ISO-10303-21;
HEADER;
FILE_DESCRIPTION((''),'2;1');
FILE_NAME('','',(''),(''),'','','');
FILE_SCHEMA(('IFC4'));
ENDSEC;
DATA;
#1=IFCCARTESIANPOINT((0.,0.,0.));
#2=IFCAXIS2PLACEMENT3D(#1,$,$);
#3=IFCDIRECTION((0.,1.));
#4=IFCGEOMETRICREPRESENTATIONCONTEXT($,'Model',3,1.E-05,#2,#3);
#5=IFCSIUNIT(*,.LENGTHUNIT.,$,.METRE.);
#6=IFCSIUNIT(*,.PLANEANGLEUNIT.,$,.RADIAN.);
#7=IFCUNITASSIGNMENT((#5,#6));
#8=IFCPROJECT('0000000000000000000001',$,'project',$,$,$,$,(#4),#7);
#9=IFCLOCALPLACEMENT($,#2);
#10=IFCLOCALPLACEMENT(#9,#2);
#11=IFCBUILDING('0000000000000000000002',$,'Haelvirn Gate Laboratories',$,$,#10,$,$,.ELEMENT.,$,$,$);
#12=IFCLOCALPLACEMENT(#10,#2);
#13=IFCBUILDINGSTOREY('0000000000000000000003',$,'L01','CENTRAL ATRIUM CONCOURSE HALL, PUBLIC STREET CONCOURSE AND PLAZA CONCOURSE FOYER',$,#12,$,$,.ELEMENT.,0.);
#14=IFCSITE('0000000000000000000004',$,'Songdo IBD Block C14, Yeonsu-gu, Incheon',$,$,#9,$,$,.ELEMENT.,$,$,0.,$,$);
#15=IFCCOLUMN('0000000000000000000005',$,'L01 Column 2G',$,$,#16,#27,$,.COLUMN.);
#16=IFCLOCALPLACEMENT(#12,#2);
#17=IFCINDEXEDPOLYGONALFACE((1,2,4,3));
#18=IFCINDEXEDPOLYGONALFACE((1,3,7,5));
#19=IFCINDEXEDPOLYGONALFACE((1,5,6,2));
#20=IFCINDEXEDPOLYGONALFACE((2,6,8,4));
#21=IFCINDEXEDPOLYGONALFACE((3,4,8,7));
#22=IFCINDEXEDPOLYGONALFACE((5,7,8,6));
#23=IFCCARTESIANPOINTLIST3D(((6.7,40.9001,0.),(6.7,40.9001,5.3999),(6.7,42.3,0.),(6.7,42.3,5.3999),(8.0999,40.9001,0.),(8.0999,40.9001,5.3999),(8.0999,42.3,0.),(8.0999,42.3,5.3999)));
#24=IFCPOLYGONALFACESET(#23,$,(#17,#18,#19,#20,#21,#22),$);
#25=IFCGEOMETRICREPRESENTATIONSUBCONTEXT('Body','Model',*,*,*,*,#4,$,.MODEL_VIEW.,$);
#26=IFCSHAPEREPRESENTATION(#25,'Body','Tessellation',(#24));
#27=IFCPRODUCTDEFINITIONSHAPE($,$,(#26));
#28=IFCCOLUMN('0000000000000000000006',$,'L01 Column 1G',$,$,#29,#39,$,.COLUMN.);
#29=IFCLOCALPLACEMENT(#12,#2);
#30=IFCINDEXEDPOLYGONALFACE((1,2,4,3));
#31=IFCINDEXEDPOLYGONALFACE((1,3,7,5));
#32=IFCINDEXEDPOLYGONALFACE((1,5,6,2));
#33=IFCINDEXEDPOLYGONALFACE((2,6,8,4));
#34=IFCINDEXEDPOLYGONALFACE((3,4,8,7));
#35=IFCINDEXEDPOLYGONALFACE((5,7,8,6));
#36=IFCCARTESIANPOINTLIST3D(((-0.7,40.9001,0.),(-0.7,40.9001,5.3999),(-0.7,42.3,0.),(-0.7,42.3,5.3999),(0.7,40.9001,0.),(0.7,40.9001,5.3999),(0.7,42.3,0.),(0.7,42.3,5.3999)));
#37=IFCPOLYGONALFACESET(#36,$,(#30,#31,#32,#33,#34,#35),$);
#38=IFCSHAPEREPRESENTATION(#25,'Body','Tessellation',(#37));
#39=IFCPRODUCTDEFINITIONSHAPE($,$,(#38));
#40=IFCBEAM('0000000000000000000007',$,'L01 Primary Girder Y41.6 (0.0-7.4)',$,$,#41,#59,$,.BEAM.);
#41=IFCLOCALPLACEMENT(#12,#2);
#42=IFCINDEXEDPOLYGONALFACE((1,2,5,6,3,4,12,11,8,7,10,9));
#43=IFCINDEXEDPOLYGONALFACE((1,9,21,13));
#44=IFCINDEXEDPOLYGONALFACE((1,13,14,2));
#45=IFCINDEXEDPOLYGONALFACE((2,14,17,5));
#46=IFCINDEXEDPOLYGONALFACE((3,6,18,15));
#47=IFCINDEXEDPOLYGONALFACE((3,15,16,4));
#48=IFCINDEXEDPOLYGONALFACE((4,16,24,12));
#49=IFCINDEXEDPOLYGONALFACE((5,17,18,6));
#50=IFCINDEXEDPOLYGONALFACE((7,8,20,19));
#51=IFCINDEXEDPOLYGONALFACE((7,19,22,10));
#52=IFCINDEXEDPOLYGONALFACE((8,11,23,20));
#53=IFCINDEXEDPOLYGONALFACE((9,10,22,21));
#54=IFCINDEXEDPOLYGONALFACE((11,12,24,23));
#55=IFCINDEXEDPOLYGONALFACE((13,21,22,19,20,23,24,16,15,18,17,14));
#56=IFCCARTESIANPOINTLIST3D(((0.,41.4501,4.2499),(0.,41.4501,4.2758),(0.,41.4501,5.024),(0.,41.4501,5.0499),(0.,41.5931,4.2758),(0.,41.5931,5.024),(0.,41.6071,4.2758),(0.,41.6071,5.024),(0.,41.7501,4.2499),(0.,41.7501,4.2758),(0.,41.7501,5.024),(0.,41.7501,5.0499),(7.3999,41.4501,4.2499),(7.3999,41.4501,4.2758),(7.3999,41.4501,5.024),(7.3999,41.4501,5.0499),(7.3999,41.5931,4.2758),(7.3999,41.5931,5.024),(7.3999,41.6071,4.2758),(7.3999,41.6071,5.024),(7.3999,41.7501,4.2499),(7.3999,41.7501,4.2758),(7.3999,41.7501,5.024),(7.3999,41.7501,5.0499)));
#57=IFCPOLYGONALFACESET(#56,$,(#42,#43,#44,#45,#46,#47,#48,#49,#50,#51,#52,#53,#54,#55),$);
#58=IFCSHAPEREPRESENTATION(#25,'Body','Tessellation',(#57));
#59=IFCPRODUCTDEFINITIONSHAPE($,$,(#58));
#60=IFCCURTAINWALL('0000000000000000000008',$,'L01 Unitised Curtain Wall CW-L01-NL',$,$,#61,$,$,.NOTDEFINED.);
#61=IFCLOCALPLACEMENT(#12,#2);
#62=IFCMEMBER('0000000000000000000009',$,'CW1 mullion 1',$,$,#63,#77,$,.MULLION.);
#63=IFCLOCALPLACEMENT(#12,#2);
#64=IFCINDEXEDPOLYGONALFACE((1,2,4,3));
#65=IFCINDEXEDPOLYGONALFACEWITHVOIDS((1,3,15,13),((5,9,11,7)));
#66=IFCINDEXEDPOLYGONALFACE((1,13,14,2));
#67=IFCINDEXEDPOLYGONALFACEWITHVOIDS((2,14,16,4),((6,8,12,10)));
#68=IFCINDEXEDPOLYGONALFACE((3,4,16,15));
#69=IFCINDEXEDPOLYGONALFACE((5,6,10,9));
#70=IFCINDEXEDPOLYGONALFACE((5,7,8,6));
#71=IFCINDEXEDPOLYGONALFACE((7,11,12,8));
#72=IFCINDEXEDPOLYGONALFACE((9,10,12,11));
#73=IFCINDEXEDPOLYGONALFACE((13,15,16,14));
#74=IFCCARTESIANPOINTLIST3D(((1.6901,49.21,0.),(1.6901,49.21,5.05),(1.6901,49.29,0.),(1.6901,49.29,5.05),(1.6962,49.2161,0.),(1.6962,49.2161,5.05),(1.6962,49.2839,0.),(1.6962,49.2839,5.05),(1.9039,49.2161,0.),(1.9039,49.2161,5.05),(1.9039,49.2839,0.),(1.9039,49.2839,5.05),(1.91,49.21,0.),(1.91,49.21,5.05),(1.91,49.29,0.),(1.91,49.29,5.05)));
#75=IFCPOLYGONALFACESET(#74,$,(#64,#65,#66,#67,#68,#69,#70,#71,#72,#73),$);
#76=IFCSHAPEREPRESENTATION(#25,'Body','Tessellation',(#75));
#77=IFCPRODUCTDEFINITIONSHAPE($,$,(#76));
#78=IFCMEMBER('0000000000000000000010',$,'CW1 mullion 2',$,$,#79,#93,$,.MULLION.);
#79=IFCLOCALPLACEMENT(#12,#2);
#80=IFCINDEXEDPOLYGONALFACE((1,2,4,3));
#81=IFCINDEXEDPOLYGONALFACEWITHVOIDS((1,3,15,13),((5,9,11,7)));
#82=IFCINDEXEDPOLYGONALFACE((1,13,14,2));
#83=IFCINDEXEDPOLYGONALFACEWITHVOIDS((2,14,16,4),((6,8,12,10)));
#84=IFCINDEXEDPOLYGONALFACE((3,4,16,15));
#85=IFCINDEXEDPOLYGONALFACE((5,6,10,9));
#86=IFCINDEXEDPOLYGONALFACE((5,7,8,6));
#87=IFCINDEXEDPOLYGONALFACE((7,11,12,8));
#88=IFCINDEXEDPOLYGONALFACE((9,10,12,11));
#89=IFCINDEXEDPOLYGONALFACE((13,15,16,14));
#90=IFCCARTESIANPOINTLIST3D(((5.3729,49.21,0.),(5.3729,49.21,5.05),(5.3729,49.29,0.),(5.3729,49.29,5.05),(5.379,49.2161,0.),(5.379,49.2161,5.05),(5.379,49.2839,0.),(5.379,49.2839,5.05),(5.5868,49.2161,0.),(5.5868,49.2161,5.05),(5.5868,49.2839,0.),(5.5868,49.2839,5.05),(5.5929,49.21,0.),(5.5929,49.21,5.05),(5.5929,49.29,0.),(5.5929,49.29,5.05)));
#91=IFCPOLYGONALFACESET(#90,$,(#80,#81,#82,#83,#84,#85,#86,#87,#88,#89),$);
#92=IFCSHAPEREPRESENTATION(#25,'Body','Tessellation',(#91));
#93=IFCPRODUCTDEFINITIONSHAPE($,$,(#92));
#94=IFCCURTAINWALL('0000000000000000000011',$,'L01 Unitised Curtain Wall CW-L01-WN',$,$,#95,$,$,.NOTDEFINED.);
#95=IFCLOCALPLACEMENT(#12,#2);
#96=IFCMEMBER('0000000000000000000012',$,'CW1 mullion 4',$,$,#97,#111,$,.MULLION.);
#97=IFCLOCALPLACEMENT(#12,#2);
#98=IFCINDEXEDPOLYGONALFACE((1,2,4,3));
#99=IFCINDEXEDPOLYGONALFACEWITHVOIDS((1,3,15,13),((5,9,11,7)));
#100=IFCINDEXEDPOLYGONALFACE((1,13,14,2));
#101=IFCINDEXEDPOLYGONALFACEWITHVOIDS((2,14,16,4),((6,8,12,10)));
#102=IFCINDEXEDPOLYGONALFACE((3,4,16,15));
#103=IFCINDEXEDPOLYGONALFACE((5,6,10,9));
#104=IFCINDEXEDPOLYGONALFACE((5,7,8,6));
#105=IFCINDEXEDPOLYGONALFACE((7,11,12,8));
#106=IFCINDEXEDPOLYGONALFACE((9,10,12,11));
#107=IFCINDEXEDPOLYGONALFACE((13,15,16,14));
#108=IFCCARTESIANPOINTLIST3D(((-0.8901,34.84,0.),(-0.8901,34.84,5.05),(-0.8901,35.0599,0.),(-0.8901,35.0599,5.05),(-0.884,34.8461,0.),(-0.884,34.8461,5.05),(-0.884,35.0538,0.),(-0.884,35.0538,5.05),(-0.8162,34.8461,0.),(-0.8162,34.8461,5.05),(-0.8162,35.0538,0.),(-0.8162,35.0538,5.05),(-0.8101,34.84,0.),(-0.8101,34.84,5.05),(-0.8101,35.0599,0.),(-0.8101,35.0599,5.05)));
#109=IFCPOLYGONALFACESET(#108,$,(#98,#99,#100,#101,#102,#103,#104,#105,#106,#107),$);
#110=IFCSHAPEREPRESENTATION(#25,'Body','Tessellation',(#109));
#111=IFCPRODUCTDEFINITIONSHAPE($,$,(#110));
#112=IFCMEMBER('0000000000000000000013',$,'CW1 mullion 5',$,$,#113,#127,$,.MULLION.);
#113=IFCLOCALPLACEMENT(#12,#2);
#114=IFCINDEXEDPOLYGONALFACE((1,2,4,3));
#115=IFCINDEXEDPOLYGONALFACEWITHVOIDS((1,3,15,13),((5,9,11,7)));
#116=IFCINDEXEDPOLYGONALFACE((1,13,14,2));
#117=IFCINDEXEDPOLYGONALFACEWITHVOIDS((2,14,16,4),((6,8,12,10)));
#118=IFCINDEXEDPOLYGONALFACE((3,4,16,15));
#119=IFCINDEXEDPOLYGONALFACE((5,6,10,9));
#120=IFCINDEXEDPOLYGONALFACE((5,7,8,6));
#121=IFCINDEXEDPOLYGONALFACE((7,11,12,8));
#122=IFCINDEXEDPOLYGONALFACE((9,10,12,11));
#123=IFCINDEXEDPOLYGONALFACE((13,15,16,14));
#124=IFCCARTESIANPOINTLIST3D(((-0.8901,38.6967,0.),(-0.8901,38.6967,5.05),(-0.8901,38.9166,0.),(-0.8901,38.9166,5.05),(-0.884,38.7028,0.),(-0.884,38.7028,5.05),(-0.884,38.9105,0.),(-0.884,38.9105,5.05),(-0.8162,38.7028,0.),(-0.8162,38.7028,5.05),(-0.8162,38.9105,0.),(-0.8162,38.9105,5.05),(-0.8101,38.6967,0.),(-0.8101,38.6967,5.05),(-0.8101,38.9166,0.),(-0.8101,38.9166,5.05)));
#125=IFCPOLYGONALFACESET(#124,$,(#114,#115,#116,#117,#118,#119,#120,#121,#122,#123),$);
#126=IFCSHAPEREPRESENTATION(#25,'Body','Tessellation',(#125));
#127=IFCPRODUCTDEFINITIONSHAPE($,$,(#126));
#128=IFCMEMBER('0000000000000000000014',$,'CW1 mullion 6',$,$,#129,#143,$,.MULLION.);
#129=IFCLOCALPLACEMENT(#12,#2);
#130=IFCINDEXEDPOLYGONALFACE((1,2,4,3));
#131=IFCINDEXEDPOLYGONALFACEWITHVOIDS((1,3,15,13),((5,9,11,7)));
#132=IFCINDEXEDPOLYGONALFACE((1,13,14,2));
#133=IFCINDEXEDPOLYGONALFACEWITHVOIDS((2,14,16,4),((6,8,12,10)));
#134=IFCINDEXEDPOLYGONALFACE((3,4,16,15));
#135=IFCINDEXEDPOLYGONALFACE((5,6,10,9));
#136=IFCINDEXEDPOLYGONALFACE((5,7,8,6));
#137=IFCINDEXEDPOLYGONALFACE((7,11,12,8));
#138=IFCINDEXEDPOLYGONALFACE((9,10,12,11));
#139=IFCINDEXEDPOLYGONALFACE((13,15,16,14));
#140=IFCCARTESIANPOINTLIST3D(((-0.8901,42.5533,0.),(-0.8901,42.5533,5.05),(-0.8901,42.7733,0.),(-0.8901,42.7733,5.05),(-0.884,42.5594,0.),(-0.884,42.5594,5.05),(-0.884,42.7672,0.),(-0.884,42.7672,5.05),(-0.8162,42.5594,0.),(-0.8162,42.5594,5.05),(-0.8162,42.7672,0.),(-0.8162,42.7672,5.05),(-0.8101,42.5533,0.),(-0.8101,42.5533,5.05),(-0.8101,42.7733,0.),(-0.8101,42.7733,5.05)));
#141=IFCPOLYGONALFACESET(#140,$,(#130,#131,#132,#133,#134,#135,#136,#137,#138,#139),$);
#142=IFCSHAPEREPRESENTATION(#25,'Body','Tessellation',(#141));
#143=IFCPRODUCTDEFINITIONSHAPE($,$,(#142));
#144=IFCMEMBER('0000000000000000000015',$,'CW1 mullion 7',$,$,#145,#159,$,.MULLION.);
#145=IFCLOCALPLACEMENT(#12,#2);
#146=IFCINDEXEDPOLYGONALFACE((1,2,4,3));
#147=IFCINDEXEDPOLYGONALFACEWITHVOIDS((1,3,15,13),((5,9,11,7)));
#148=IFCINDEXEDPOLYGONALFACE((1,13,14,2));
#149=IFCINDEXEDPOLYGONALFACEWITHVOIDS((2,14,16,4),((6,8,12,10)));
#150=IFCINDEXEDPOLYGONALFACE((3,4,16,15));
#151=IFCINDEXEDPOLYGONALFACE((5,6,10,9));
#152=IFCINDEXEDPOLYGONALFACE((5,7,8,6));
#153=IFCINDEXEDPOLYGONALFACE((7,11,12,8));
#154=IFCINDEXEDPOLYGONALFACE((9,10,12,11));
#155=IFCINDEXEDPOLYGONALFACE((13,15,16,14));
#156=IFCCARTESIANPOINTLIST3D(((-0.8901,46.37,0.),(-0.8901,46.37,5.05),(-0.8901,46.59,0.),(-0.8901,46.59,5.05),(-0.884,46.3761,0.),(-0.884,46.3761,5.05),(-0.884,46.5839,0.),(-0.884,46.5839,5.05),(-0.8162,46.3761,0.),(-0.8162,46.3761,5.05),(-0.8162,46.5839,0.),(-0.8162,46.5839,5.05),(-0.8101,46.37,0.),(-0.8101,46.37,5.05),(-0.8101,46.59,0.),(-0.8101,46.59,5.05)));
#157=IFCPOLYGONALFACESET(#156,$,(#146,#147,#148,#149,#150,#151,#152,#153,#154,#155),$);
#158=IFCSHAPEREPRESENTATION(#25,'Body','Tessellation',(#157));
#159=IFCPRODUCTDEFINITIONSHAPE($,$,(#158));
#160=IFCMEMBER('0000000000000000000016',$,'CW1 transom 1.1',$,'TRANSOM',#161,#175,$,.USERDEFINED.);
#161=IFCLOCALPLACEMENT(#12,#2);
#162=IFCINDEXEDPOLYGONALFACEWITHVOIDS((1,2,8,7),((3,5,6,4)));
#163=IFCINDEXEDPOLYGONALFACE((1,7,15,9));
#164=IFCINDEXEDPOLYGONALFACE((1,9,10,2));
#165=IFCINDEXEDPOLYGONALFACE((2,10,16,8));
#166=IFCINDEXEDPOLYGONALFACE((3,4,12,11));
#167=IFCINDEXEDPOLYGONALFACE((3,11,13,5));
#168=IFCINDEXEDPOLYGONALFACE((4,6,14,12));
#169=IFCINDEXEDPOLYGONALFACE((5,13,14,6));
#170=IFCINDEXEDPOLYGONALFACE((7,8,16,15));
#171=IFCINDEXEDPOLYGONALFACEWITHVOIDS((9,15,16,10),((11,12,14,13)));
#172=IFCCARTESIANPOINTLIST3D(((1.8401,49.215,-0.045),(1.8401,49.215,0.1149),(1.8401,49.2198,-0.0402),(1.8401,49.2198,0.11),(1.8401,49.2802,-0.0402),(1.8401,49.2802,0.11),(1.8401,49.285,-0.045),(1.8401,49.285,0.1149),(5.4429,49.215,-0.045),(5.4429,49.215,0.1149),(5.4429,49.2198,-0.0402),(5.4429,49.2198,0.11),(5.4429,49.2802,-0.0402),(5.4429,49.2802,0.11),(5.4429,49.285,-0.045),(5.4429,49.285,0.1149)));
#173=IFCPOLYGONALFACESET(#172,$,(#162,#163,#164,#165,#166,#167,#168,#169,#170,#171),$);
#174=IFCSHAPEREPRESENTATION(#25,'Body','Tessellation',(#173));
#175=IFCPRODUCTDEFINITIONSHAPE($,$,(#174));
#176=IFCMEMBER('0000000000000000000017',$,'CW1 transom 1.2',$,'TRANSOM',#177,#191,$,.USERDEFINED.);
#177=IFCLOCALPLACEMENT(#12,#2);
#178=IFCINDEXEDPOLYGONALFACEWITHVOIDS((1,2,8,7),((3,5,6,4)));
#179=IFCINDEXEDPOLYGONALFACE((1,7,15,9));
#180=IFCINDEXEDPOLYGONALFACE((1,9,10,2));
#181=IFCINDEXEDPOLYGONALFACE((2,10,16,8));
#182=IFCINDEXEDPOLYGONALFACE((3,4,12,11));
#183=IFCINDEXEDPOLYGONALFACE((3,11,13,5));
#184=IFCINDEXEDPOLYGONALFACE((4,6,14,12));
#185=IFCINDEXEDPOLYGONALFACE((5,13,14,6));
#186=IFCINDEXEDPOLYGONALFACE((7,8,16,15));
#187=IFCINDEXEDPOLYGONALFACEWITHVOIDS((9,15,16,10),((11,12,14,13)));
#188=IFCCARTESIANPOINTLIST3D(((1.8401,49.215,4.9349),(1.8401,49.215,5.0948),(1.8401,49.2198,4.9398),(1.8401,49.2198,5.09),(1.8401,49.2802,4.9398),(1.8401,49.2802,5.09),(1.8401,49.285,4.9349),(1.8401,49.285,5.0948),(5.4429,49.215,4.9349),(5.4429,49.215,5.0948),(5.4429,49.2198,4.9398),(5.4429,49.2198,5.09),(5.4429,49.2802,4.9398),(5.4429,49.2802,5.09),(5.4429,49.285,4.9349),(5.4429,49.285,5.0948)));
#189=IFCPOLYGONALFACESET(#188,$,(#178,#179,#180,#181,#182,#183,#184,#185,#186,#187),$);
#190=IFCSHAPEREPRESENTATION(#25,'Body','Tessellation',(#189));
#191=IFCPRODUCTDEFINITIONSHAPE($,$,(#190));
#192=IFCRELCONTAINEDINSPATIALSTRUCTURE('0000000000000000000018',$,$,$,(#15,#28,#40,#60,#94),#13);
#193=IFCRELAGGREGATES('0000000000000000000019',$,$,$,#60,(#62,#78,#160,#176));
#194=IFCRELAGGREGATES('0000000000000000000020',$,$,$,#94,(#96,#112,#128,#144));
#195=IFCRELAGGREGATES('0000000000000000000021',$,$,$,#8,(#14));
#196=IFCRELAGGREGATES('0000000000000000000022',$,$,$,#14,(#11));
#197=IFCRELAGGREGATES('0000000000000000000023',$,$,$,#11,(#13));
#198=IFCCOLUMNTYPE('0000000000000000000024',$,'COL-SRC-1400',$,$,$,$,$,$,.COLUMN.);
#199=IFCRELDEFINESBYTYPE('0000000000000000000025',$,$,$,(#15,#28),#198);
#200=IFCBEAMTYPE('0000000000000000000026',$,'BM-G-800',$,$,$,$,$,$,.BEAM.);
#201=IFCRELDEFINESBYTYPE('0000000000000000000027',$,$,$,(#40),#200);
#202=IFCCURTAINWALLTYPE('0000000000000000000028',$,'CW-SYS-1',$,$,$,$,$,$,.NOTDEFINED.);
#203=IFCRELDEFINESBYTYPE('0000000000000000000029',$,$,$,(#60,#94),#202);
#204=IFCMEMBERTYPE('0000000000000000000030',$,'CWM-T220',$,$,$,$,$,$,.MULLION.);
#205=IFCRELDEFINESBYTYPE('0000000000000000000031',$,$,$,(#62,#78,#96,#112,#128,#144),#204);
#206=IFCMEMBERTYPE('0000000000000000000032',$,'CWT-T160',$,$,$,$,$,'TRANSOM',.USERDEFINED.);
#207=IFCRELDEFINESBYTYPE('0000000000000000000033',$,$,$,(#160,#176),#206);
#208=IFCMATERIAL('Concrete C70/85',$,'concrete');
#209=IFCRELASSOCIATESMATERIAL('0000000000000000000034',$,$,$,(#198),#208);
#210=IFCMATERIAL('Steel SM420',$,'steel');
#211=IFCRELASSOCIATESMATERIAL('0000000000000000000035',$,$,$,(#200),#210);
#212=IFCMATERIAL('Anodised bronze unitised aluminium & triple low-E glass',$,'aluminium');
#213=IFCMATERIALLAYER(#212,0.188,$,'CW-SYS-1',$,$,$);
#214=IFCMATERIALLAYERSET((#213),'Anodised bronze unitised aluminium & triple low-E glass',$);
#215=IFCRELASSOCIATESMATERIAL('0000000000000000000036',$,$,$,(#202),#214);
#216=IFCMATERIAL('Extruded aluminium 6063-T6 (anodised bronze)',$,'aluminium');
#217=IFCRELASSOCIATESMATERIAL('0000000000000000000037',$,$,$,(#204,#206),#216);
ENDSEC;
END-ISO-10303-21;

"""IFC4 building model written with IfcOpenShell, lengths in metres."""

from ifc_helpers import new_model, si_unit, direction, frame, origin, origin_2d, place, context, subcontext, project, spatial, rectangle, hollow_rectangle, i_section, extrude, source, transform, mapped, material, layer, layer_set, material_profile, profile_set, type_object, type_shapes, element, aggregate, save


model = new_model("IFC4")

# Units and contexts
model_context = context("Model", 3, precision=1e-05, world=origin(), true_north=direction((0.0, 1.0)))
body_context = subcontext(model_context, "Body", "Model", "MODEL_VIEW")
ifc_project = project(units=[si_unit("LENGTHUNIT", "METRE"), si_unit("PLANEANGLEUNIT", "RADIAN")], contexts=[model_context])

# Site, building, storey
site_placement = place(None, origin())
site = spatial("IfcSite", under=ifc_project, at=site_placement, Name="Songdo IBD Block C14, Yeonsu-gu, Incheon", CompositionType="ELEMENT", RefElevation=0.0)
building_placement = place(site_placement, origin())
building = spatial("IfcBuilding", under=site, at=building_placement, Name="Haelvirn Gate Laboratories", CompositionType="ELEMENT")
storey_placement = place(building_placement, origin())
storey = spatial("IfcBuildingStorey", under=building, at=storey_placement, Name="L01", Description="CENTRAL ATRIUM CONCOURSE HALL, PUBLIC STREET CONCOURSE AND PLAZA CONCOURSE FOYER", CompositionType="ELEMENT", Elevation=0.0)

# Columns
ifc_material_1 = material(Name="Concrete C70/85", Category="concrete")
ifc_material_profile_1 = material_profile(ifc_material_1, rectangle(XDim=1.3999, YDim=1.3999, at=origin_2d()), Name="SRC-1400x1400")
ifc_profile_set_1 = profile_set([ifc_material_profile_1], Name="Concrete C70/85")
column_type = type_object("IfcColumnType", Name="COL-SRC-1400", PredefinedType="COLUMN", material=ifc_profile_set_1)
shared_shape_1 = source(origin(), body_context, "Body", "SweptSolid", [
    extrude(rectangle(XDim=1.3999, YDim=1.3999, at=origin_2d()), origin(), (0.0, 0.0, 1.0), 5.3999),
])
type_shapes(column_type, [shared_shape_1])
for number, where, z_axis, x_axis, name in (
    (1, (7.3999, 41.6001, 0.0), (0.0, 0.0, 1.0), (1.0, 0.0, 0.0), "L01 Column 2G"),
    (2, (0.0, 41.6001, 0.0), (0.0, 0.0, 1.0), (1.0, 0.0, 0.0), "L01 Column 1G"),
):
    element("IfcColumn", number, at=place(storey_placement, frame(where, z_axis=z_axis, x_axis=x_axis)), inside=storey, type_object=column_type, Name=name, PredefinedType="COLUMN", context=body_context, shape_type="MappedRepresentation", body=[
        mapped(shared_shape_1, transform((0.0, 0.0, 0.0), scale=1.0)),
    ])

# Beam
ifc_material_2 = material(Name="Steel SM420", Category="steel")
ifc_material_profile_2 = material_profile(ifc_material_2, i_section(OverallWidth=0.3, OverallDepth=0.8, WebThickness=0.0139, FlangeThickness=0.0259, at=origin_2d()), Name="H-800x300x14x26")
ifc_profile_set_2 = profile_set([ifc_material_profile_2], Name="Steel SM420")
beam_type = type_object("IfcBeamType", Name="BM-G-800", PredefinedType="BEAM", material=ifc_profile_set_2)
shared_shape_2 = source(origin(), body_context, "Body", "SweptSolid", [
    extrude(i_section(OverallWidth=0.3, OverallDepth=0.8, WebThickness=0.0139, FlangeThickness=0.0259, at=origin_2d()), origin(), (0.0, 0.0, 1.0), 7.3999),
])
type_shapes(beam_type, [shared_shape_2])
beam_placement = place(storey_placement, frame((0.0, 41.6001, 4.6499), z_axis=(1.0, 0.0, 0.0), x_axis=(0.0, 1.0, 0.0)))
element("IfcBeam", 3, at=beam_placement, inside=storey, type_object=beam_type, Name="L01 Primary Girder Y41.6 (0.0-7.4)", PredefinedType="BEAM", context=body_context, shape_type="MappedRepresentation", body=[
    mapped(shared_shape_2, transform((0.0, 0.0, 0.0), scale=1.0)),
])

# Curtain walls, members
ifc_material_3 = material(Name="Anodised bronze unitised aluminium & triple low-E glass", Category="aluminium")
ifc_layer_1 = layer(ifc_material_3, 0.188, Name="CW-SYS-1")
ifc_layer_set_1 = layer_set([ifc_layer_1], Name="Anodised bronze unitised aluminium & triple low-E glass")
curtain_wall_type = type_object("IfcCurtainWallType", Name="CW-SYS-1", PredefinedType="NOTDEFINED", material=ifc_layer_set_1)
curtain_wall_1_placement = place(storey_placement, origin())
curtain_wall_1 = element("IfcCurtainWall", 4, at=curtain_wall_1_placement, inside=storey, type_object=curtain_wall_type, Name="L01 Unitised Curtain Wall CW-L01-NL", PredefinedType="NOTDEFINED")
ifc_material_4 = material(Name="Extruded aluminium 6063-T6 (anodised bronze)", Category="aluminium")
ifc_material_profile_3 = material_profile(ifc_material_4, hollow_rectangle(XDim=0.0801, YDim=0.22, WallThickness=0.0061, at=origin_2d()), Name="CWM-220x80x6")
ifc_profile_set_3 = profile_set([ifc_material_profile_3], Name="Extruded aluminium 6063-T6 (anodised bronze)")
member_type_1 = type_object("IfcMemberType", Name="CWM-T220", PredefinedType="MULLION", material=ifc_profile_set_3)
shared_shape_3 = source(origin(), body_context, "Body", "SweptSolid", [
    extrude(hollow_rectangle(XDim=0.0801, YDim=0.22, WallThickness=0.0061, at=origin_2d()), origin(), (0.0, 0.0, 1.0), 5.05),
])
type_shapes(member_type_1, [shared_shape_3])
member_1_placement = place(storey_placement, frame((1.8, 49.25, 0.0), z_axis=(0.0, 0.0, 1.0), x_axis=(0.0, 1.0, 0.0)))
member_1 = element("IfcMember", 5, at=member_1_placement, type_object=member_type_1, Name="CW1 mullion 1", PredefinedType="MULLION", context=body_context, shape_type="MappedRepresentation", body=[
    mapped(shared_shape_3, transform((0.0, 0.0, 0.0), scale=1.0)),
])
member_2_placement = place(storey_placement, frame((5.4829, 49.25, 0.0), z_axis=(0.0, 0.0, 1.0), x_axis=(0.0, 1.0, 0.0)))
member_2 = element("IfcMember", 6, at=member_2_placement, type_object=member_type_1, Name="CW1 mullion 2", PredefinedType="MULLION", context=body_context, shape_type="MappedRepresentation", body=[
    mapped(shared_shape_3, transform((0.0, 0.0, 0.0), scale=1.0)),
])
curtain_wall_2_placement = place(storey_placement, origin())
curtain_wall_2 = element("IfcCurtainWall", 7, at=curtain_wall_2_placement, inside=storey, type_object=curtain_wall_type, Name="L01 Unitised Curtain Wall CW-L01-WN", PredefinedType="NOTDEFINED")
member_3_placement = place(storey_placement, frame((-0.8501, 34.95, 0.0), z_axis=(0.0, 0.0, 1.0), x_axis=(-1.0, 0.0, 0.0)))
member_3 = element("IfcMember", 8, at=member_3_placement, type_object=member_type_1, Name="CW1 mullion 4", PredefinedType="MULLION", context=body_context, shape_type="MappedRepresentation", body=[
    mapped(shared_shape_3, transform((0.0, 0.0, 0.0), scale=1.0)),
])
member_4_placement = place(storey_placement, frame((-0.8501, 38.8066, 0.0), z_axis=(0.0, 0.0, 1.0), x_axis=(-1.0, 0.0, 0.0)))
member_4 = element("IfcMember", 9, at=member_4_placement, type_object=member_type_1, Name="CW1 mullion 5", PredefinedType="MULLION", context=body_context, shape_type="MappedRepresentation", body=[
    mapped(shared_shape_3, transform((0.0, 0.0, 0.0), scale=1.0)),
])
member_5_placement = place(storey_placement, frame((-0.8501, 42.6633, 0.0), z_axis=(0.0, 0.0, 1.0), x_axis=(-1.0, 0.0, 0.0)))
member_5 = element("IfcMember", 10, at=member_5_placement, type_object=member_type_1, Name="CW1 mullion 6", PredefinedType="MULLION", context=body_context, shape_type="MappedRepresentation", body=[
    mapped(shared_shape_3, transform((0.0, 0.0, 0.0), scale=1.0)),
])
member_6_placement = place(storey_placement, frame((-0.8501, 46.48, 0.0), z_axis=(0.0, 0.0, 1.0), x_axis=(-1.0, 0.0, 0.0)))
member_6 = element("IfcMember", 11, at=member_6_placement, type_object=member_type_1, Name="CW1 mullion 7", PredefinedType="MULLION", context=body_context, shape_type="MappedRepresentation", body=[
    mapped(shared_shape_3, transform((0.0, 0.0, 0.0), scale=1.0)),
])

# Members
ifc_material_profile_4 = material_profile(ifc_material_4, hollow_rectangle(XDim=0.0701, YDim=0.1599, WallThickness=0.0049, at=origin_2d()), Name="CWT-160x70x5")
ifc_profile_set_4 = profile_set([ifc_material_profile_4], Name="Extruded aluminium 6063-T6 (anodised bronze)")
member_type_2 = type_object("IfcMemberType", Name="CWT-T160", ElementType="TRANSOM", PredefinedType="USERDEFINED", material=ifc_profile_set_4)
shared_shape_4 = source(origin(), body_context, "Body", "SweptSolid", [
    extrude(hollow_rectangle(XDim=0.0701, YDim=0.1599, WallThickness=0.0049, at=origin_2d()), origin(), (0.0, 0.0, 1.0), 3.6028),
])
member_7_placement = place(storey_placement, frame((1.8401, 49.25, 0.0349), z_axis=(1.0, 0.0, 0.0), x_axis=(0.0, 1.0, 0.0)))
member_7 = element("IfcMember", 12, at=member_7_placement, type_object=member_type_2, Name="CW1 transom 1.1", ObjectType="TRANSOM", PredefinedType="USERDEFINED", context=body_context, shape_type="MappedRepresentation", body=[
    mapped(shared_shape_4, transform((0.0, 0.0, 0.0), scale=1.0)),
])
member_8_placement = place(storey_placement, frame((1.8401, 49.25, 5.0149), z_axis=(1.0, 0.0, 0.0), x_axis=(0.0, 1.0, 0.0)))
member_8 = element("IfcMember", 13, at=member_8_placement, type_object=member_type_2, Name="CW1 transom 1.2", ObjectType="TRANSOM", PredefinedType="USERDEFINED", context=body_context, shape_type="MappedRepresentation", body=[
    mapped(shared_shape_4, transform((0.0, 0.0, 0.0), scale=1.0)),
])

aggregate(curtain_wall_1, [member_1, member_2, member_7, member_8])
aggregate(curtain_wall_2, [member_3, member_4, member_5, member_6])

save(model, "model.ifc")
